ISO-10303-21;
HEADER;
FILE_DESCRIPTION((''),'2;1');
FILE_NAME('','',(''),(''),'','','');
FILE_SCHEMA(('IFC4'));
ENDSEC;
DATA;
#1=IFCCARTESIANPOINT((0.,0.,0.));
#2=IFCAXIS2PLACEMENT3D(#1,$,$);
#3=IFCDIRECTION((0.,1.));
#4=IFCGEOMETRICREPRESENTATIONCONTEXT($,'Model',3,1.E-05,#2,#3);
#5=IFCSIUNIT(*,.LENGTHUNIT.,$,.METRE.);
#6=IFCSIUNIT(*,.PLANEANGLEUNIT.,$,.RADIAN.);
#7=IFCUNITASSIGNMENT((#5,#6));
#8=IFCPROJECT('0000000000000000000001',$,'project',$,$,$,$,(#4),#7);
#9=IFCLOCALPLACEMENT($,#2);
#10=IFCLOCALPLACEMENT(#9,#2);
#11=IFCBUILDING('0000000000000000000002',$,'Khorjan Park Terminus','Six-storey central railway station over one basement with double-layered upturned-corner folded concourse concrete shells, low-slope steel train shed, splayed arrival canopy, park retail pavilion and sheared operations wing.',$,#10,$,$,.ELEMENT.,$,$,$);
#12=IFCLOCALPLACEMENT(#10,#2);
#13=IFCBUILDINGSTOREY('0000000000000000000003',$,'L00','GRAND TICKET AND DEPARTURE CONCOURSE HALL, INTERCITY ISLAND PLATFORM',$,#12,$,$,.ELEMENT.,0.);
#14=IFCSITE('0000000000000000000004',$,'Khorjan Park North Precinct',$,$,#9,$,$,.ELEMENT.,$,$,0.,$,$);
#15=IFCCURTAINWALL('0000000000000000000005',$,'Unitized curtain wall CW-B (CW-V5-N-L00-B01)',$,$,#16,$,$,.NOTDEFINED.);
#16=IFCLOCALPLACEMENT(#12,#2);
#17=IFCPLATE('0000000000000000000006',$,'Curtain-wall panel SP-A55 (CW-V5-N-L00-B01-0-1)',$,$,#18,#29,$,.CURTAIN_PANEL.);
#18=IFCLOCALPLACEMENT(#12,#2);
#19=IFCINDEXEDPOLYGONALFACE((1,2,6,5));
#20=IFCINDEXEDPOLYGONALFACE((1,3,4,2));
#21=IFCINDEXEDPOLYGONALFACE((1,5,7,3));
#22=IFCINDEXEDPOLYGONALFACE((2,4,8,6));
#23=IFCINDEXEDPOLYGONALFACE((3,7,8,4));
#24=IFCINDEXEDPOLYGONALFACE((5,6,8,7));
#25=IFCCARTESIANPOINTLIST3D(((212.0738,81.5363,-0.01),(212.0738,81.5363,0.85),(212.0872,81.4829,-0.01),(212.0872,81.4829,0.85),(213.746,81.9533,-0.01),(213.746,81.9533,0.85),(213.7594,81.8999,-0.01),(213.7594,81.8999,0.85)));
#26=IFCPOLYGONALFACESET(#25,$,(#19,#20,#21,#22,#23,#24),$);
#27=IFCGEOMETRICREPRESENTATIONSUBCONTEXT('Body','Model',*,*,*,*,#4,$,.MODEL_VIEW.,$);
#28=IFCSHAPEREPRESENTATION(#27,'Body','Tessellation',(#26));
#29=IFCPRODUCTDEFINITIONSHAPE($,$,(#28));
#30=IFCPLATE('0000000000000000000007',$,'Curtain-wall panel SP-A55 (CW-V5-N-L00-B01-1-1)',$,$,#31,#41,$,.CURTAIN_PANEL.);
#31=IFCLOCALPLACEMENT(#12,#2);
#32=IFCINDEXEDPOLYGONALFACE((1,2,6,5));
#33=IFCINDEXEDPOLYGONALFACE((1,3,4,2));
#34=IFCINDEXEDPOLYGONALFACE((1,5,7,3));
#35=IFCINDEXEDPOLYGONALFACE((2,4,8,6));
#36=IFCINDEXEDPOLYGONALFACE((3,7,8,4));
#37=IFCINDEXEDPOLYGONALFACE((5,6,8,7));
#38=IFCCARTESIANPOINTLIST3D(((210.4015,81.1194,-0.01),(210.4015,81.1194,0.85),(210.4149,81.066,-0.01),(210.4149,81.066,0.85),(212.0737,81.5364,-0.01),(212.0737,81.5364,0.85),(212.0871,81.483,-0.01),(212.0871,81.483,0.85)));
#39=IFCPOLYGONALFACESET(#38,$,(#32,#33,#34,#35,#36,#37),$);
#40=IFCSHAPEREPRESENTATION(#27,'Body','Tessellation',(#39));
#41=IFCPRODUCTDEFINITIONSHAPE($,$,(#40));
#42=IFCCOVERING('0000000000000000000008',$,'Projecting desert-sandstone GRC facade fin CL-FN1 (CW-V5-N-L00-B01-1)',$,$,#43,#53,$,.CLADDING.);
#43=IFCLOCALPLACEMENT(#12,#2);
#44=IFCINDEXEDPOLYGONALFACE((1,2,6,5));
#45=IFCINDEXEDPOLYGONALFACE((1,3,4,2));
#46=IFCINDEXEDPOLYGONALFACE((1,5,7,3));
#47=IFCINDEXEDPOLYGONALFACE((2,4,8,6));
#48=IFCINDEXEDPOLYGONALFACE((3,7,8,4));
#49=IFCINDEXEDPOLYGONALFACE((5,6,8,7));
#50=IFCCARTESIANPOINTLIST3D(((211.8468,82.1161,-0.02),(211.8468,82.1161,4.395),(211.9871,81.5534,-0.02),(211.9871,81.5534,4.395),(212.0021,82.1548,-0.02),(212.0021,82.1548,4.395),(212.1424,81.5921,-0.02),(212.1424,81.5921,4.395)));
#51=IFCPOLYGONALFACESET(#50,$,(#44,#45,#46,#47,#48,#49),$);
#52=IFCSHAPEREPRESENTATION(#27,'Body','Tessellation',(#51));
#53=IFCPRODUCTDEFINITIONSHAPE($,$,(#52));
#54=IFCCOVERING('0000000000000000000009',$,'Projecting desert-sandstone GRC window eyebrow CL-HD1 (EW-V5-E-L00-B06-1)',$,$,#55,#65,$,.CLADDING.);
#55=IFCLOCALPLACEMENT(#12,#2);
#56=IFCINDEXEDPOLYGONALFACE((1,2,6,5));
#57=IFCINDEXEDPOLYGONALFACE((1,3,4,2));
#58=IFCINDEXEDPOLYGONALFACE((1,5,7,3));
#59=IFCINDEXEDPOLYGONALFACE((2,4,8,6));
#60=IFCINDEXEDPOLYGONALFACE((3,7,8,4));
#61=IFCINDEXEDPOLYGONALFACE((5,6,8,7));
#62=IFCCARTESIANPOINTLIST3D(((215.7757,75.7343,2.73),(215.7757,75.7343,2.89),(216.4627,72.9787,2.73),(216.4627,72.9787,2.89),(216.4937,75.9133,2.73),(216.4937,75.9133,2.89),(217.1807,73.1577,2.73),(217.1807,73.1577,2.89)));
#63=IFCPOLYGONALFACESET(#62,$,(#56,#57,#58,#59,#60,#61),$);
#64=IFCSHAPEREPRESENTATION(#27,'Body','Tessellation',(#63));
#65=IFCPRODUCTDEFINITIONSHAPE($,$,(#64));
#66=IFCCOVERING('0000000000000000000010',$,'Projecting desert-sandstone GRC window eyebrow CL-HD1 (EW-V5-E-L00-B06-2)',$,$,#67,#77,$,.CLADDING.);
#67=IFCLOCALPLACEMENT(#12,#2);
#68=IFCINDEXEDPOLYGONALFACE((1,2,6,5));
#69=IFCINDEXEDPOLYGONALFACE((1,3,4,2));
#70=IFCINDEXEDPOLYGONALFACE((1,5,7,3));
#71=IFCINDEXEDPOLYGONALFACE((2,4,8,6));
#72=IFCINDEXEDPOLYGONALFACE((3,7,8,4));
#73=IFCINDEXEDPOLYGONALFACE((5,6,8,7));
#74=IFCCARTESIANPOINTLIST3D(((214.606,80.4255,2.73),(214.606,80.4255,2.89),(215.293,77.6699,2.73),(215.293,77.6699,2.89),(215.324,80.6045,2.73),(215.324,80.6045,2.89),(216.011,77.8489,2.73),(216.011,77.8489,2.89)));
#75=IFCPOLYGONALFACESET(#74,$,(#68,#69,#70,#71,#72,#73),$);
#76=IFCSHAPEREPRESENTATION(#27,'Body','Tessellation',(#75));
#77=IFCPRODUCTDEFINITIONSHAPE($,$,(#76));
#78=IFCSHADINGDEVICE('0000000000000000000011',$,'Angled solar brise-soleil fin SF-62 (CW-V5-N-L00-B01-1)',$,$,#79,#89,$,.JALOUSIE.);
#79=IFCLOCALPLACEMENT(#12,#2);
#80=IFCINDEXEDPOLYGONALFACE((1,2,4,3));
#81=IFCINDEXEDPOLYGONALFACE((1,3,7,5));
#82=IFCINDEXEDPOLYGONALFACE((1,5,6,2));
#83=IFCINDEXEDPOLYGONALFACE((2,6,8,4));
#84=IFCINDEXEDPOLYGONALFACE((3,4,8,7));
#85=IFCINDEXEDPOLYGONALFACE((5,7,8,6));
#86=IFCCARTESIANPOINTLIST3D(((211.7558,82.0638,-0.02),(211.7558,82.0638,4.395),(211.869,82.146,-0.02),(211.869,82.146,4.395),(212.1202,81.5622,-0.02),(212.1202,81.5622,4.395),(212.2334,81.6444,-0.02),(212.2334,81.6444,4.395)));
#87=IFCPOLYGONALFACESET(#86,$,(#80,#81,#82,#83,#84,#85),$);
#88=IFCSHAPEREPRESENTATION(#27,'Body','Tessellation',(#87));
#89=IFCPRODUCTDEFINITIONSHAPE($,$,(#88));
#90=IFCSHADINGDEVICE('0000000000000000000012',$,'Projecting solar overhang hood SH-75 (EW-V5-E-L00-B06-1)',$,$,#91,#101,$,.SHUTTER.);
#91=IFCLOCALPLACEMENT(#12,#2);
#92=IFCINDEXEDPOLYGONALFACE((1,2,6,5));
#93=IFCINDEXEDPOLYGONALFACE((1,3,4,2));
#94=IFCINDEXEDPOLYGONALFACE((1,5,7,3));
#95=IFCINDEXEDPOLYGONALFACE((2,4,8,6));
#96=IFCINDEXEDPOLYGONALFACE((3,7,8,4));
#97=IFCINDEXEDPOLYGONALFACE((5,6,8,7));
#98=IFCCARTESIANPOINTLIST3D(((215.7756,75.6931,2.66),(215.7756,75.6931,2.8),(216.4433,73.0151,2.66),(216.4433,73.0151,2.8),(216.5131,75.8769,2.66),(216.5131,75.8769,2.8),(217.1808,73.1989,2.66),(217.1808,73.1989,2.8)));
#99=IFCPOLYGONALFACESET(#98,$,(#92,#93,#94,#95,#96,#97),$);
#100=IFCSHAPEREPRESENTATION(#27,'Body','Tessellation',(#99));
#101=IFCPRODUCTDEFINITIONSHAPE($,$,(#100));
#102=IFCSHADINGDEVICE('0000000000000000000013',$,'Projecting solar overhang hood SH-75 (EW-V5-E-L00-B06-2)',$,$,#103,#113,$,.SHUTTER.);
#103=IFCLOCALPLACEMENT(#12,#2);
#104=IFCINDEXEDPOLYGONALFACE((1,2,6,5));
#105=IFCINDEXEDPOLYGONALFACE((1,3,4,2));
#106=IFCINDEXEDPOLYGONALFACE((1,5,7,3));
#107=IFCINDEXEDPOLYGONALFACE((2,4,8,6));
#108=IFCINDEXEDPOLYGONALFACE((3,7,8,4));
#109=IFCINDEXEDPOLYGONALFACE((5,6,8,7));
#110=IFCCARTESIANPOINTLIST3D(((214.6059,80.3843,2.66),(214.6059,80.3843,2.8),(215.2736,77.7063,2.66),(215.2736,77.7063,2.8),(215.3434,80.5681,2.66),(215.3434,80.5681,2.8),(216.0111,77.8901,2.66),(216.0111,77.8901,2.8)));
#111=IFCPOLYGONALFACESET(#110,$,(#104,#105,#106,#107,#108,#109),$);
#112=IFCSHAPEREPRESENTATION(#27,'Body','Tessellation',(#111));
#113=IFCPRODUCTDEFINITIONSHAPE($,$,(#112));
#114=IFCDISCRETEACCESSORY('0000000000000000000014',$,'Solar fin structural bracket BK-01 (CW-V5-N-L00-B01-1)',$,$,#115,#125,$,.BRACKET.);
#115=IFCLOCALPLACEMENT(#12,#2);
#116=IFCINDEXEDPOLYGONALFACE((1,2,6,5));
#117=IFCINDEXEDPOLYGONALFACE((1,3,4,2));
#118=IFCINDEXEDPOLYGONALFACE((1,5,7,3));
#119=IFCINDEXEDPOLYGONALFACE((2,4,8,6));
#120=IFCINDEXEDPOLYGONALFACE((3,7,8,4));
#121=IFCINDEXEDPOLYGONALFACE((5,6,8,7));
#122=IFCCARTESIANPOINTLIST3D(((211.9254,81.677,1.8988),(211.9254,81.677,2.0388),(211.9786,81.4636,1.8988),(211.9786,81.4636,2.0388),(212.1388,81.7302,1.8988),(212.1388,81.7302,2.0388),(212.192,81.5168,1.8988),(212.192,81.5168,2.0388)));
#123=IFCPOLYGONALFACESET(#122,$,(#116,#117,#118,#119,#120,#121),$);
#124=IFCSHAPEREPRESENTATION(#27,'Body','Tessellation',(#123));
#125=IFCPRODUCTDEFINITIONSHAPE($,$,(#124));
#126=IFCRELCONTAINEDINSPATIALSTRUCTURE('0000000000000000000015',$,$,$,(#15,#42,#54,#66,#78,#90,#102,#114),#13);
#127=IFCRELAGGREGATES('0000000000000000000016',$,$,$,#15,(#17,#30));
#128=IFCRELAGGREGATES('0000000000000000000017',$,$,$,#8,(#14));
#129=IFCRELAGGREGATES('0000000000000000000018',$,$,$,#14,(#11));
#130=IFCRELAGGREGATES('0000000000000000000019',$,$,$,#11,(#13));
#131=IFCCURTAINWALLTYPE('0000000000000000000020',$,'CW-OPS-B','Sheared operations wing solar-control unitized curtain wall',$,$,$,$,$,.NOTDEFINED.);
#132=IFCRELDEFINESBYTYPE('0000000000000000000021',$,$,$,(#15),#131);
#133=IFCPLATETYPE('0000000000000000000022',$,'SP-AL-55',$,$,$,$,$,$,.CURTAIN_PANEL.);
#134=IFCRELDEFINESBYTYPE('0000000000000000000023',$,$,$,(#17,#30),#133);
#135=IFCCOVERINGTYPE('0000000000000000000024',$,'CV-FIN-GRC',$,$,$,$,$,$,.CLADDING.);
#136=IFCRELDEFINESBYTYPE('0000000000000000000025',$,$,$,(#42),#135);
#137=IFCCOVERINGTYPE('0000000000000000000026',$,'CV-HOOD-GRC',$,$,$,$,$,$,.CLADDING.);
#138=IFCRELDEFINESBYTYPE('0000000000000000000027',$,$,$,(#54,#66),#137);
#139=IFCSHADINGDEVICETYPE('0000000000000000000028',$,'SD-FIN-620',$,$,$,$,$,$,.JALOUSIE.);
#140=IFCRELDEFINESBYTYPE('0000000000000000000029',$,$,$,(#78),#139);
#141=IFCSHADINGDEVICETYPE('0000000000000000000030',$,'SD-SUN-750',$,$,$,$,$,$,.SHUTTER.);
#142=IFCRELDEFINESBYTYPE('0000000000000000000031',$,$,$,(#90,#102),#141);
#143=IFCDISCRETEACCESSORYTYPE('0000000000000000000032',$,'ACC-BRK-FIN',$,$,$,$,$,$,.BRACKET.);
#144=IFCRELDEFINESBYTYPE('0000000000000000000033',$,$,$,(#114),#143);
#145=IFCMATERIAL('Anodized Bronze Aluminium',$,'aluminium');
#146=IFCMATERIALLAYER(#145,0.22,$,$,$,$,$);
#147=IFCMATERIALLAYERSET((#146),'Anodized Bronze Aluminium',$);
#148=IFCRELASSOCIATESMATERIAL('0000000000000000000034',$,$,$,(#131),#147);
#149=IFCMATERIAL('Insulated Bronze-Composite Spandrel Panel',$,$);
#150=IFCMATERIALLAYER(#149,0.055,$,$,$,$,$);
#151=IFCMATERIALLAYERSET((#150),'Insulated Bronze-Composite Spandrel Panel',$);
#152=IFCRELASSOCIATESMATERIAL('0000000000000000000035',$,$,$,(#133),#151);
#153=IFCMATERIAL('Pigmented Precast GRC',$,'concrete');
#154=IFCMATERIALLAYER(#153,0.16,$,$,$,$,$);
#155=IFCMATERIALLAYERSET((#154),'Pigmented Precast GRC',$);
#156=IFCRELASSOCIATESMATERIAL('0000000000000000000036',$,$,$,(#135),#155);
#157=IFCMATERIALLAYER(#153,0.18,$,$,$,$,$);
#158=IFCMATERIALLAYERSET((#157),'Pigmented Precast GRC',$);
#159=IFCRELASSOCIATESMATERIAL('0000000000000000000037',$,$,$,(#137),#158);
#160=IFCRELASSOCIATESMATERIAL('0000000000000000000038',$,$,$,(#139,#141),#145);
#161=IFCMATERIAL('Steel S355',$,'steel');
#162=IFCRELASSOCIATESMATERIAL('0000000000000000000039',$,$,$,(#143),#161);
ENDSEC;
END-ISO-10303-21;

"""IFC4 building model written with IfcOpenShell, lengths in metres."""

from ifc_helpers import new_model, si_unit, direction, frame, origin, origin_2d, place, context, subcontext, project, spatial, rectangle, extrude, material, layer, layer_set, type_object, element, aggregate, save


model = new_model("IFC4")

# Units and contexts
model_context = context("Model", 3, precision=1e-05, world=origin(), true_north=direction((0.0, 1.0)))
body_context = subcontext(model_context, "Body", "Model", "MODEL_VIEW")
ifc_project = project(units=[si_unit("LENGTHUNIT", "METRE"), si_unit("PLANEANGLEUNIT", "RADIAN")], contexts=[model_context])

# Site, building, storey
site_placement = place(None, origin())
site = spatial("IfcSite", under=ifc_project, at=site_placement, Name="Khorjan Park North Precinct", CompositionType="ELEMENT", RefElevation=0.0)
building_placement = place(site_placement, origin())
building = spatial("IfcBuilding", under=site, at=building_placement, Name="Khorjan Park Terminus", Description="Six-storey central railway station over one basement with double-layered upturned-corner folded concourse concrete shells, low-slope steel train shed, splayed arrival canopy, park retail pavilion and sheared operations wing.", CompositionType="ELEMENT")
storey_placement = place(building_placement, origin())
storey = spatial("IfcBuildingStorey", under=building, at=storey_placement, Name="L00", Description="GRAND TICKET AND DEPARTURE CONCOURSE HALL, INTERCITY ISLAND PLATFORM", CompositionType="ELEMENT", Elevation=0.0)

# Curtain wall, plates
ifc_material_1 = material(Name="Anodized Bronze Aluminium", Category="aluminium")
ifc_layer_1 = layer(ifc_material_1, 0.22)
ifc_layer_set_1 = layer_set([ifc_layer_1], Name="Anodized Bronze Aluminium")
curtain_wall_type = type_object("IfcCurtainWallType", Name="CW-OPS-B", Description="Sheared operations wing solar-control unitized curtain wall", PredefinedType="NOTDEFINED", material=ifc_layer_set_1)
curtain_wall_placement = place(storey_placement, origin())
curtain_wall = element("IfcCurtainWall", 1, at=curtain_wall_placement, inside=storey, type_object=curtain_wall_type, Name="Unitized curtain wall CW-B (CW-V5-N-L00-B01)", PredefinedType="NOTDEFINED")
ifc_material_2 = material(Name="Insulated Bronze-Composite Spandrel Panel")
ifc_layer_2 = layer(ifc_material_2, 0.055)
ifc_layer_set_2 = layer_set([ifc_layer_2], Name="Insulated Bronze-Composite Spandrel Panel")
plate_type_1 = type_object("IfcPlateType", Name="SP-AL-55", PredefinedType="CURTAIN_PANEL", material=ifc_layer_set_2)
plate_1_placement = place(storey_placement, frame((212.9166, 81.7181, -0.01), z_axis=(0.0, 0.0, 1.0), x_axis=(-0.970294, -0.241928, 0.0)))
plate_1 = element("IfcPlate", 2, at=plate_1_placement, type_object=plate_type_1, Name="Curtain-wall panel SP-A55 (CW-V5-N-L00-B01-0-1)", PredefinedType="CURTAIN_PANEL", context=body_context, shape_type="SweptSolid", body=[
    extrude(rectangle(XDim=1.7234, YDim=0.055, at=origin_2d()), origin(), (0.0, 0.0, 1.0), 0.86),
])
plate_2_placement = place(storey_placement, frame((211.2443, 81.3012, -0.01), z_axis=(0.0, 0.0, 1.0), x_axis=(-0.970294, -0.241928, 0.0)))
plate_2 = element("IfcPlate", 3, at=plate_2_placement, type_object=plate_type_1, Name="Curtain-wall panel SP-A55 (CW-V5-N-L00-B01-1-1)", PredefinedType="CURTAIN_PANEL", context=body_context, shape_type="SweptSolid", body=[
    extrude(rectangle(XDim=1.7234, YDim=0.055, at=origin_2d()), origin(), (0.0, 0.0, 1.0), 0.86),
])
aggregate(curtain_wall, [plate_1, plate_2])

# Coverings
ifc_material_3 = material(Name="Pigmented Precast GRC", Category="concrete")
ifc_layer_3 = layer(ifc_material_3, 0.16)
ifc_layer_set_3 = layer_set([ifc_layer_3], Name="Pigmented Precast GRC")
covering_type_1 = type_object("IfcCoveringType", Name="CV-FIN-GRC", PredefinedType="CLADDING", material=ifc_layer_set_3)
covering_placement = place(storey_placement, frame((211.9946, 81.8541, -0.02), z_axis=(0.0, 0.0, 1.0), x_axis=(0.241922, -0.970296, 0.0)))
element("IfcCovering", 4, at=covering_placement, inside=storey, type_object=covering_type_1, Name="Projecting desert-sandstone GRC facade fin CL-FN1 (CW-V5-N-L00-B01-1)", PredefinedType="CLADDING", context=body_context, shape_type="SweptSolid", body=[
    extrude(rectangle(XDim=0.58, YDim=0.16, at=origin_2d()), origin(), (0.0, 0.0, 1.0), 4.415),
])
ifc_layer_4 = layer(ifc_material_3, 0.18)
ifc_layer_set_4 = layer_set([ifc_layer_4], Name="Pigmented Precast GRC")
covering_type_2 = type_object("IfcCoveringType", Name="CV-HOOD-GRC", PredefinedType="CLADDING", material=ifc_layer_set_4)
for number, where, z_axis, x_axis, name in (
    (5, (216.4782, 74.446, 2.73), (0.0, 0.0, 1.0), (-0.24192, 0.970296, 0.0), "Projecting desert-sandstone GRC window eyebrow CL-HD1 (EW-V5-E-L00-B06-1)"),
    (6, (215.3085, 79.1372, 2.73), (0.0, 0.0, 1.0), (-0.24192, 0.970296, 0.0), "Projecting desert-sandstone GRC window eyebrow CL-HD1 (EW-V5-E-L00-B06-2)"),
):
    element("IfcCovering", number, at=place(storey_placement, frame(where, z_axis=z_axis, x_axis=x_axis)), inside=storey, type_object=covering_type_2, Name=name, PredefinedType="CLADDING", context=body_context, shape_type="SweptSolid", body=[
        extrude(rectangle(XDim=2.84, YDim=0.74, at=origin_2d()), origin(), (0.0, 0.0, 1.0), 0.16),
    ])

# Shading devices
shading_device_type_1 = type_object("IfcShadingDeviceType", Name="SD-FIN-620", PredefinedType="JALOUSIE", material=ifc_material_1)
shading_device_placement = place(storey_placement, frame((211.9946, 81.8541, -0.02), z_axis=(0.0, 0.0, 1.0), x_axis=(0.587785, -0.809017, 0.0)))
element("IfcShadingDevice", 7, at=shading_device_placement, inside=storey, type_object=shading_device_type_1, Name="Angled solar brise-soleil fin SF-62 (CW-V5-N-L00-B01-1)", PredefinedType="JALOUSIE", context=body_context, shape_type="SweptSolid", body=[
    extrude(rectangle(XDim=0.62, YDim=0.14, at=origin_2d()), origin(), (0.0, 0.0, 1.0), 4.415),
])
shading_device_type_2 = type_object("IfcShadingDeviceType", Name="SD-SUN-750", PredefinedType="SHUTTER", material=ifc_material_1)
for number, where, z_axis, x_axis, name in (
    (8, (216.4782, 74.446, 2.66), (0.0, 0.0, 1.0), (-0.24192, 0.970296, 0.0), "Projecting solar overhang hood SH-75 (EW-V5-E-L00-B06-1)"),
    (9, (215.3085, 79.1372, 2.66), (0.0, 0.0, 1.0), (-0.24192, 0.970296, 0.0), "Projecting solar overhang hood SH-75 (EW-V5-E-L00-B06-2)"),
):
    element("IfcShadingDevice", number, at=place(storey_placement, frame(where, z_axis=z_axis, x_axis=x_axis)), inside=storey, type_object=shading_device_type_2, Name=name, PredefinedType="SHUTTER", context=body_context, shape_type="SweptSolid", body=[
        extrude(rectangle(XDim=2.76, YDim=0.76, at=origin_2d()), origin(), (0.0, 0.0, 1.0), 0.14),
    ])

# Discrete accessory
ifc_material_4 = material(Name="Steel S355", Category="steel")
discrete_accessory_type = type_object("IfcDiscreteAccessoryType", Name="ACC-BRK-FIN", PredefinedType="BRACKET", material=ifc_material_4)
discrete_accessory_placement = place(storey_placement, frame((212.0587, 81.5969, 1.8988), z_axis=(0.0, 0.0, 1.0), x_axis=(-0.970294, -0.241928, 0.0)))
element("IfcDiscreteAccessory", 10, at=discrete_accessory_placement, inside=storey, type_object=discrete_accessory_type, Name="Solar fin structural bracket BK-01 (CW-V5-N-L00-B01-1)", PredefinedType="BRACKET", context=body_context, shape_type="SweptSolid", body=[
    extrude(rectangle(XDim=0.22, YDim=0.22, at=origin_2d()), origin(), (0.0, 0.0, 1.0), 0.14),
])

save(model, "model.ifc")
